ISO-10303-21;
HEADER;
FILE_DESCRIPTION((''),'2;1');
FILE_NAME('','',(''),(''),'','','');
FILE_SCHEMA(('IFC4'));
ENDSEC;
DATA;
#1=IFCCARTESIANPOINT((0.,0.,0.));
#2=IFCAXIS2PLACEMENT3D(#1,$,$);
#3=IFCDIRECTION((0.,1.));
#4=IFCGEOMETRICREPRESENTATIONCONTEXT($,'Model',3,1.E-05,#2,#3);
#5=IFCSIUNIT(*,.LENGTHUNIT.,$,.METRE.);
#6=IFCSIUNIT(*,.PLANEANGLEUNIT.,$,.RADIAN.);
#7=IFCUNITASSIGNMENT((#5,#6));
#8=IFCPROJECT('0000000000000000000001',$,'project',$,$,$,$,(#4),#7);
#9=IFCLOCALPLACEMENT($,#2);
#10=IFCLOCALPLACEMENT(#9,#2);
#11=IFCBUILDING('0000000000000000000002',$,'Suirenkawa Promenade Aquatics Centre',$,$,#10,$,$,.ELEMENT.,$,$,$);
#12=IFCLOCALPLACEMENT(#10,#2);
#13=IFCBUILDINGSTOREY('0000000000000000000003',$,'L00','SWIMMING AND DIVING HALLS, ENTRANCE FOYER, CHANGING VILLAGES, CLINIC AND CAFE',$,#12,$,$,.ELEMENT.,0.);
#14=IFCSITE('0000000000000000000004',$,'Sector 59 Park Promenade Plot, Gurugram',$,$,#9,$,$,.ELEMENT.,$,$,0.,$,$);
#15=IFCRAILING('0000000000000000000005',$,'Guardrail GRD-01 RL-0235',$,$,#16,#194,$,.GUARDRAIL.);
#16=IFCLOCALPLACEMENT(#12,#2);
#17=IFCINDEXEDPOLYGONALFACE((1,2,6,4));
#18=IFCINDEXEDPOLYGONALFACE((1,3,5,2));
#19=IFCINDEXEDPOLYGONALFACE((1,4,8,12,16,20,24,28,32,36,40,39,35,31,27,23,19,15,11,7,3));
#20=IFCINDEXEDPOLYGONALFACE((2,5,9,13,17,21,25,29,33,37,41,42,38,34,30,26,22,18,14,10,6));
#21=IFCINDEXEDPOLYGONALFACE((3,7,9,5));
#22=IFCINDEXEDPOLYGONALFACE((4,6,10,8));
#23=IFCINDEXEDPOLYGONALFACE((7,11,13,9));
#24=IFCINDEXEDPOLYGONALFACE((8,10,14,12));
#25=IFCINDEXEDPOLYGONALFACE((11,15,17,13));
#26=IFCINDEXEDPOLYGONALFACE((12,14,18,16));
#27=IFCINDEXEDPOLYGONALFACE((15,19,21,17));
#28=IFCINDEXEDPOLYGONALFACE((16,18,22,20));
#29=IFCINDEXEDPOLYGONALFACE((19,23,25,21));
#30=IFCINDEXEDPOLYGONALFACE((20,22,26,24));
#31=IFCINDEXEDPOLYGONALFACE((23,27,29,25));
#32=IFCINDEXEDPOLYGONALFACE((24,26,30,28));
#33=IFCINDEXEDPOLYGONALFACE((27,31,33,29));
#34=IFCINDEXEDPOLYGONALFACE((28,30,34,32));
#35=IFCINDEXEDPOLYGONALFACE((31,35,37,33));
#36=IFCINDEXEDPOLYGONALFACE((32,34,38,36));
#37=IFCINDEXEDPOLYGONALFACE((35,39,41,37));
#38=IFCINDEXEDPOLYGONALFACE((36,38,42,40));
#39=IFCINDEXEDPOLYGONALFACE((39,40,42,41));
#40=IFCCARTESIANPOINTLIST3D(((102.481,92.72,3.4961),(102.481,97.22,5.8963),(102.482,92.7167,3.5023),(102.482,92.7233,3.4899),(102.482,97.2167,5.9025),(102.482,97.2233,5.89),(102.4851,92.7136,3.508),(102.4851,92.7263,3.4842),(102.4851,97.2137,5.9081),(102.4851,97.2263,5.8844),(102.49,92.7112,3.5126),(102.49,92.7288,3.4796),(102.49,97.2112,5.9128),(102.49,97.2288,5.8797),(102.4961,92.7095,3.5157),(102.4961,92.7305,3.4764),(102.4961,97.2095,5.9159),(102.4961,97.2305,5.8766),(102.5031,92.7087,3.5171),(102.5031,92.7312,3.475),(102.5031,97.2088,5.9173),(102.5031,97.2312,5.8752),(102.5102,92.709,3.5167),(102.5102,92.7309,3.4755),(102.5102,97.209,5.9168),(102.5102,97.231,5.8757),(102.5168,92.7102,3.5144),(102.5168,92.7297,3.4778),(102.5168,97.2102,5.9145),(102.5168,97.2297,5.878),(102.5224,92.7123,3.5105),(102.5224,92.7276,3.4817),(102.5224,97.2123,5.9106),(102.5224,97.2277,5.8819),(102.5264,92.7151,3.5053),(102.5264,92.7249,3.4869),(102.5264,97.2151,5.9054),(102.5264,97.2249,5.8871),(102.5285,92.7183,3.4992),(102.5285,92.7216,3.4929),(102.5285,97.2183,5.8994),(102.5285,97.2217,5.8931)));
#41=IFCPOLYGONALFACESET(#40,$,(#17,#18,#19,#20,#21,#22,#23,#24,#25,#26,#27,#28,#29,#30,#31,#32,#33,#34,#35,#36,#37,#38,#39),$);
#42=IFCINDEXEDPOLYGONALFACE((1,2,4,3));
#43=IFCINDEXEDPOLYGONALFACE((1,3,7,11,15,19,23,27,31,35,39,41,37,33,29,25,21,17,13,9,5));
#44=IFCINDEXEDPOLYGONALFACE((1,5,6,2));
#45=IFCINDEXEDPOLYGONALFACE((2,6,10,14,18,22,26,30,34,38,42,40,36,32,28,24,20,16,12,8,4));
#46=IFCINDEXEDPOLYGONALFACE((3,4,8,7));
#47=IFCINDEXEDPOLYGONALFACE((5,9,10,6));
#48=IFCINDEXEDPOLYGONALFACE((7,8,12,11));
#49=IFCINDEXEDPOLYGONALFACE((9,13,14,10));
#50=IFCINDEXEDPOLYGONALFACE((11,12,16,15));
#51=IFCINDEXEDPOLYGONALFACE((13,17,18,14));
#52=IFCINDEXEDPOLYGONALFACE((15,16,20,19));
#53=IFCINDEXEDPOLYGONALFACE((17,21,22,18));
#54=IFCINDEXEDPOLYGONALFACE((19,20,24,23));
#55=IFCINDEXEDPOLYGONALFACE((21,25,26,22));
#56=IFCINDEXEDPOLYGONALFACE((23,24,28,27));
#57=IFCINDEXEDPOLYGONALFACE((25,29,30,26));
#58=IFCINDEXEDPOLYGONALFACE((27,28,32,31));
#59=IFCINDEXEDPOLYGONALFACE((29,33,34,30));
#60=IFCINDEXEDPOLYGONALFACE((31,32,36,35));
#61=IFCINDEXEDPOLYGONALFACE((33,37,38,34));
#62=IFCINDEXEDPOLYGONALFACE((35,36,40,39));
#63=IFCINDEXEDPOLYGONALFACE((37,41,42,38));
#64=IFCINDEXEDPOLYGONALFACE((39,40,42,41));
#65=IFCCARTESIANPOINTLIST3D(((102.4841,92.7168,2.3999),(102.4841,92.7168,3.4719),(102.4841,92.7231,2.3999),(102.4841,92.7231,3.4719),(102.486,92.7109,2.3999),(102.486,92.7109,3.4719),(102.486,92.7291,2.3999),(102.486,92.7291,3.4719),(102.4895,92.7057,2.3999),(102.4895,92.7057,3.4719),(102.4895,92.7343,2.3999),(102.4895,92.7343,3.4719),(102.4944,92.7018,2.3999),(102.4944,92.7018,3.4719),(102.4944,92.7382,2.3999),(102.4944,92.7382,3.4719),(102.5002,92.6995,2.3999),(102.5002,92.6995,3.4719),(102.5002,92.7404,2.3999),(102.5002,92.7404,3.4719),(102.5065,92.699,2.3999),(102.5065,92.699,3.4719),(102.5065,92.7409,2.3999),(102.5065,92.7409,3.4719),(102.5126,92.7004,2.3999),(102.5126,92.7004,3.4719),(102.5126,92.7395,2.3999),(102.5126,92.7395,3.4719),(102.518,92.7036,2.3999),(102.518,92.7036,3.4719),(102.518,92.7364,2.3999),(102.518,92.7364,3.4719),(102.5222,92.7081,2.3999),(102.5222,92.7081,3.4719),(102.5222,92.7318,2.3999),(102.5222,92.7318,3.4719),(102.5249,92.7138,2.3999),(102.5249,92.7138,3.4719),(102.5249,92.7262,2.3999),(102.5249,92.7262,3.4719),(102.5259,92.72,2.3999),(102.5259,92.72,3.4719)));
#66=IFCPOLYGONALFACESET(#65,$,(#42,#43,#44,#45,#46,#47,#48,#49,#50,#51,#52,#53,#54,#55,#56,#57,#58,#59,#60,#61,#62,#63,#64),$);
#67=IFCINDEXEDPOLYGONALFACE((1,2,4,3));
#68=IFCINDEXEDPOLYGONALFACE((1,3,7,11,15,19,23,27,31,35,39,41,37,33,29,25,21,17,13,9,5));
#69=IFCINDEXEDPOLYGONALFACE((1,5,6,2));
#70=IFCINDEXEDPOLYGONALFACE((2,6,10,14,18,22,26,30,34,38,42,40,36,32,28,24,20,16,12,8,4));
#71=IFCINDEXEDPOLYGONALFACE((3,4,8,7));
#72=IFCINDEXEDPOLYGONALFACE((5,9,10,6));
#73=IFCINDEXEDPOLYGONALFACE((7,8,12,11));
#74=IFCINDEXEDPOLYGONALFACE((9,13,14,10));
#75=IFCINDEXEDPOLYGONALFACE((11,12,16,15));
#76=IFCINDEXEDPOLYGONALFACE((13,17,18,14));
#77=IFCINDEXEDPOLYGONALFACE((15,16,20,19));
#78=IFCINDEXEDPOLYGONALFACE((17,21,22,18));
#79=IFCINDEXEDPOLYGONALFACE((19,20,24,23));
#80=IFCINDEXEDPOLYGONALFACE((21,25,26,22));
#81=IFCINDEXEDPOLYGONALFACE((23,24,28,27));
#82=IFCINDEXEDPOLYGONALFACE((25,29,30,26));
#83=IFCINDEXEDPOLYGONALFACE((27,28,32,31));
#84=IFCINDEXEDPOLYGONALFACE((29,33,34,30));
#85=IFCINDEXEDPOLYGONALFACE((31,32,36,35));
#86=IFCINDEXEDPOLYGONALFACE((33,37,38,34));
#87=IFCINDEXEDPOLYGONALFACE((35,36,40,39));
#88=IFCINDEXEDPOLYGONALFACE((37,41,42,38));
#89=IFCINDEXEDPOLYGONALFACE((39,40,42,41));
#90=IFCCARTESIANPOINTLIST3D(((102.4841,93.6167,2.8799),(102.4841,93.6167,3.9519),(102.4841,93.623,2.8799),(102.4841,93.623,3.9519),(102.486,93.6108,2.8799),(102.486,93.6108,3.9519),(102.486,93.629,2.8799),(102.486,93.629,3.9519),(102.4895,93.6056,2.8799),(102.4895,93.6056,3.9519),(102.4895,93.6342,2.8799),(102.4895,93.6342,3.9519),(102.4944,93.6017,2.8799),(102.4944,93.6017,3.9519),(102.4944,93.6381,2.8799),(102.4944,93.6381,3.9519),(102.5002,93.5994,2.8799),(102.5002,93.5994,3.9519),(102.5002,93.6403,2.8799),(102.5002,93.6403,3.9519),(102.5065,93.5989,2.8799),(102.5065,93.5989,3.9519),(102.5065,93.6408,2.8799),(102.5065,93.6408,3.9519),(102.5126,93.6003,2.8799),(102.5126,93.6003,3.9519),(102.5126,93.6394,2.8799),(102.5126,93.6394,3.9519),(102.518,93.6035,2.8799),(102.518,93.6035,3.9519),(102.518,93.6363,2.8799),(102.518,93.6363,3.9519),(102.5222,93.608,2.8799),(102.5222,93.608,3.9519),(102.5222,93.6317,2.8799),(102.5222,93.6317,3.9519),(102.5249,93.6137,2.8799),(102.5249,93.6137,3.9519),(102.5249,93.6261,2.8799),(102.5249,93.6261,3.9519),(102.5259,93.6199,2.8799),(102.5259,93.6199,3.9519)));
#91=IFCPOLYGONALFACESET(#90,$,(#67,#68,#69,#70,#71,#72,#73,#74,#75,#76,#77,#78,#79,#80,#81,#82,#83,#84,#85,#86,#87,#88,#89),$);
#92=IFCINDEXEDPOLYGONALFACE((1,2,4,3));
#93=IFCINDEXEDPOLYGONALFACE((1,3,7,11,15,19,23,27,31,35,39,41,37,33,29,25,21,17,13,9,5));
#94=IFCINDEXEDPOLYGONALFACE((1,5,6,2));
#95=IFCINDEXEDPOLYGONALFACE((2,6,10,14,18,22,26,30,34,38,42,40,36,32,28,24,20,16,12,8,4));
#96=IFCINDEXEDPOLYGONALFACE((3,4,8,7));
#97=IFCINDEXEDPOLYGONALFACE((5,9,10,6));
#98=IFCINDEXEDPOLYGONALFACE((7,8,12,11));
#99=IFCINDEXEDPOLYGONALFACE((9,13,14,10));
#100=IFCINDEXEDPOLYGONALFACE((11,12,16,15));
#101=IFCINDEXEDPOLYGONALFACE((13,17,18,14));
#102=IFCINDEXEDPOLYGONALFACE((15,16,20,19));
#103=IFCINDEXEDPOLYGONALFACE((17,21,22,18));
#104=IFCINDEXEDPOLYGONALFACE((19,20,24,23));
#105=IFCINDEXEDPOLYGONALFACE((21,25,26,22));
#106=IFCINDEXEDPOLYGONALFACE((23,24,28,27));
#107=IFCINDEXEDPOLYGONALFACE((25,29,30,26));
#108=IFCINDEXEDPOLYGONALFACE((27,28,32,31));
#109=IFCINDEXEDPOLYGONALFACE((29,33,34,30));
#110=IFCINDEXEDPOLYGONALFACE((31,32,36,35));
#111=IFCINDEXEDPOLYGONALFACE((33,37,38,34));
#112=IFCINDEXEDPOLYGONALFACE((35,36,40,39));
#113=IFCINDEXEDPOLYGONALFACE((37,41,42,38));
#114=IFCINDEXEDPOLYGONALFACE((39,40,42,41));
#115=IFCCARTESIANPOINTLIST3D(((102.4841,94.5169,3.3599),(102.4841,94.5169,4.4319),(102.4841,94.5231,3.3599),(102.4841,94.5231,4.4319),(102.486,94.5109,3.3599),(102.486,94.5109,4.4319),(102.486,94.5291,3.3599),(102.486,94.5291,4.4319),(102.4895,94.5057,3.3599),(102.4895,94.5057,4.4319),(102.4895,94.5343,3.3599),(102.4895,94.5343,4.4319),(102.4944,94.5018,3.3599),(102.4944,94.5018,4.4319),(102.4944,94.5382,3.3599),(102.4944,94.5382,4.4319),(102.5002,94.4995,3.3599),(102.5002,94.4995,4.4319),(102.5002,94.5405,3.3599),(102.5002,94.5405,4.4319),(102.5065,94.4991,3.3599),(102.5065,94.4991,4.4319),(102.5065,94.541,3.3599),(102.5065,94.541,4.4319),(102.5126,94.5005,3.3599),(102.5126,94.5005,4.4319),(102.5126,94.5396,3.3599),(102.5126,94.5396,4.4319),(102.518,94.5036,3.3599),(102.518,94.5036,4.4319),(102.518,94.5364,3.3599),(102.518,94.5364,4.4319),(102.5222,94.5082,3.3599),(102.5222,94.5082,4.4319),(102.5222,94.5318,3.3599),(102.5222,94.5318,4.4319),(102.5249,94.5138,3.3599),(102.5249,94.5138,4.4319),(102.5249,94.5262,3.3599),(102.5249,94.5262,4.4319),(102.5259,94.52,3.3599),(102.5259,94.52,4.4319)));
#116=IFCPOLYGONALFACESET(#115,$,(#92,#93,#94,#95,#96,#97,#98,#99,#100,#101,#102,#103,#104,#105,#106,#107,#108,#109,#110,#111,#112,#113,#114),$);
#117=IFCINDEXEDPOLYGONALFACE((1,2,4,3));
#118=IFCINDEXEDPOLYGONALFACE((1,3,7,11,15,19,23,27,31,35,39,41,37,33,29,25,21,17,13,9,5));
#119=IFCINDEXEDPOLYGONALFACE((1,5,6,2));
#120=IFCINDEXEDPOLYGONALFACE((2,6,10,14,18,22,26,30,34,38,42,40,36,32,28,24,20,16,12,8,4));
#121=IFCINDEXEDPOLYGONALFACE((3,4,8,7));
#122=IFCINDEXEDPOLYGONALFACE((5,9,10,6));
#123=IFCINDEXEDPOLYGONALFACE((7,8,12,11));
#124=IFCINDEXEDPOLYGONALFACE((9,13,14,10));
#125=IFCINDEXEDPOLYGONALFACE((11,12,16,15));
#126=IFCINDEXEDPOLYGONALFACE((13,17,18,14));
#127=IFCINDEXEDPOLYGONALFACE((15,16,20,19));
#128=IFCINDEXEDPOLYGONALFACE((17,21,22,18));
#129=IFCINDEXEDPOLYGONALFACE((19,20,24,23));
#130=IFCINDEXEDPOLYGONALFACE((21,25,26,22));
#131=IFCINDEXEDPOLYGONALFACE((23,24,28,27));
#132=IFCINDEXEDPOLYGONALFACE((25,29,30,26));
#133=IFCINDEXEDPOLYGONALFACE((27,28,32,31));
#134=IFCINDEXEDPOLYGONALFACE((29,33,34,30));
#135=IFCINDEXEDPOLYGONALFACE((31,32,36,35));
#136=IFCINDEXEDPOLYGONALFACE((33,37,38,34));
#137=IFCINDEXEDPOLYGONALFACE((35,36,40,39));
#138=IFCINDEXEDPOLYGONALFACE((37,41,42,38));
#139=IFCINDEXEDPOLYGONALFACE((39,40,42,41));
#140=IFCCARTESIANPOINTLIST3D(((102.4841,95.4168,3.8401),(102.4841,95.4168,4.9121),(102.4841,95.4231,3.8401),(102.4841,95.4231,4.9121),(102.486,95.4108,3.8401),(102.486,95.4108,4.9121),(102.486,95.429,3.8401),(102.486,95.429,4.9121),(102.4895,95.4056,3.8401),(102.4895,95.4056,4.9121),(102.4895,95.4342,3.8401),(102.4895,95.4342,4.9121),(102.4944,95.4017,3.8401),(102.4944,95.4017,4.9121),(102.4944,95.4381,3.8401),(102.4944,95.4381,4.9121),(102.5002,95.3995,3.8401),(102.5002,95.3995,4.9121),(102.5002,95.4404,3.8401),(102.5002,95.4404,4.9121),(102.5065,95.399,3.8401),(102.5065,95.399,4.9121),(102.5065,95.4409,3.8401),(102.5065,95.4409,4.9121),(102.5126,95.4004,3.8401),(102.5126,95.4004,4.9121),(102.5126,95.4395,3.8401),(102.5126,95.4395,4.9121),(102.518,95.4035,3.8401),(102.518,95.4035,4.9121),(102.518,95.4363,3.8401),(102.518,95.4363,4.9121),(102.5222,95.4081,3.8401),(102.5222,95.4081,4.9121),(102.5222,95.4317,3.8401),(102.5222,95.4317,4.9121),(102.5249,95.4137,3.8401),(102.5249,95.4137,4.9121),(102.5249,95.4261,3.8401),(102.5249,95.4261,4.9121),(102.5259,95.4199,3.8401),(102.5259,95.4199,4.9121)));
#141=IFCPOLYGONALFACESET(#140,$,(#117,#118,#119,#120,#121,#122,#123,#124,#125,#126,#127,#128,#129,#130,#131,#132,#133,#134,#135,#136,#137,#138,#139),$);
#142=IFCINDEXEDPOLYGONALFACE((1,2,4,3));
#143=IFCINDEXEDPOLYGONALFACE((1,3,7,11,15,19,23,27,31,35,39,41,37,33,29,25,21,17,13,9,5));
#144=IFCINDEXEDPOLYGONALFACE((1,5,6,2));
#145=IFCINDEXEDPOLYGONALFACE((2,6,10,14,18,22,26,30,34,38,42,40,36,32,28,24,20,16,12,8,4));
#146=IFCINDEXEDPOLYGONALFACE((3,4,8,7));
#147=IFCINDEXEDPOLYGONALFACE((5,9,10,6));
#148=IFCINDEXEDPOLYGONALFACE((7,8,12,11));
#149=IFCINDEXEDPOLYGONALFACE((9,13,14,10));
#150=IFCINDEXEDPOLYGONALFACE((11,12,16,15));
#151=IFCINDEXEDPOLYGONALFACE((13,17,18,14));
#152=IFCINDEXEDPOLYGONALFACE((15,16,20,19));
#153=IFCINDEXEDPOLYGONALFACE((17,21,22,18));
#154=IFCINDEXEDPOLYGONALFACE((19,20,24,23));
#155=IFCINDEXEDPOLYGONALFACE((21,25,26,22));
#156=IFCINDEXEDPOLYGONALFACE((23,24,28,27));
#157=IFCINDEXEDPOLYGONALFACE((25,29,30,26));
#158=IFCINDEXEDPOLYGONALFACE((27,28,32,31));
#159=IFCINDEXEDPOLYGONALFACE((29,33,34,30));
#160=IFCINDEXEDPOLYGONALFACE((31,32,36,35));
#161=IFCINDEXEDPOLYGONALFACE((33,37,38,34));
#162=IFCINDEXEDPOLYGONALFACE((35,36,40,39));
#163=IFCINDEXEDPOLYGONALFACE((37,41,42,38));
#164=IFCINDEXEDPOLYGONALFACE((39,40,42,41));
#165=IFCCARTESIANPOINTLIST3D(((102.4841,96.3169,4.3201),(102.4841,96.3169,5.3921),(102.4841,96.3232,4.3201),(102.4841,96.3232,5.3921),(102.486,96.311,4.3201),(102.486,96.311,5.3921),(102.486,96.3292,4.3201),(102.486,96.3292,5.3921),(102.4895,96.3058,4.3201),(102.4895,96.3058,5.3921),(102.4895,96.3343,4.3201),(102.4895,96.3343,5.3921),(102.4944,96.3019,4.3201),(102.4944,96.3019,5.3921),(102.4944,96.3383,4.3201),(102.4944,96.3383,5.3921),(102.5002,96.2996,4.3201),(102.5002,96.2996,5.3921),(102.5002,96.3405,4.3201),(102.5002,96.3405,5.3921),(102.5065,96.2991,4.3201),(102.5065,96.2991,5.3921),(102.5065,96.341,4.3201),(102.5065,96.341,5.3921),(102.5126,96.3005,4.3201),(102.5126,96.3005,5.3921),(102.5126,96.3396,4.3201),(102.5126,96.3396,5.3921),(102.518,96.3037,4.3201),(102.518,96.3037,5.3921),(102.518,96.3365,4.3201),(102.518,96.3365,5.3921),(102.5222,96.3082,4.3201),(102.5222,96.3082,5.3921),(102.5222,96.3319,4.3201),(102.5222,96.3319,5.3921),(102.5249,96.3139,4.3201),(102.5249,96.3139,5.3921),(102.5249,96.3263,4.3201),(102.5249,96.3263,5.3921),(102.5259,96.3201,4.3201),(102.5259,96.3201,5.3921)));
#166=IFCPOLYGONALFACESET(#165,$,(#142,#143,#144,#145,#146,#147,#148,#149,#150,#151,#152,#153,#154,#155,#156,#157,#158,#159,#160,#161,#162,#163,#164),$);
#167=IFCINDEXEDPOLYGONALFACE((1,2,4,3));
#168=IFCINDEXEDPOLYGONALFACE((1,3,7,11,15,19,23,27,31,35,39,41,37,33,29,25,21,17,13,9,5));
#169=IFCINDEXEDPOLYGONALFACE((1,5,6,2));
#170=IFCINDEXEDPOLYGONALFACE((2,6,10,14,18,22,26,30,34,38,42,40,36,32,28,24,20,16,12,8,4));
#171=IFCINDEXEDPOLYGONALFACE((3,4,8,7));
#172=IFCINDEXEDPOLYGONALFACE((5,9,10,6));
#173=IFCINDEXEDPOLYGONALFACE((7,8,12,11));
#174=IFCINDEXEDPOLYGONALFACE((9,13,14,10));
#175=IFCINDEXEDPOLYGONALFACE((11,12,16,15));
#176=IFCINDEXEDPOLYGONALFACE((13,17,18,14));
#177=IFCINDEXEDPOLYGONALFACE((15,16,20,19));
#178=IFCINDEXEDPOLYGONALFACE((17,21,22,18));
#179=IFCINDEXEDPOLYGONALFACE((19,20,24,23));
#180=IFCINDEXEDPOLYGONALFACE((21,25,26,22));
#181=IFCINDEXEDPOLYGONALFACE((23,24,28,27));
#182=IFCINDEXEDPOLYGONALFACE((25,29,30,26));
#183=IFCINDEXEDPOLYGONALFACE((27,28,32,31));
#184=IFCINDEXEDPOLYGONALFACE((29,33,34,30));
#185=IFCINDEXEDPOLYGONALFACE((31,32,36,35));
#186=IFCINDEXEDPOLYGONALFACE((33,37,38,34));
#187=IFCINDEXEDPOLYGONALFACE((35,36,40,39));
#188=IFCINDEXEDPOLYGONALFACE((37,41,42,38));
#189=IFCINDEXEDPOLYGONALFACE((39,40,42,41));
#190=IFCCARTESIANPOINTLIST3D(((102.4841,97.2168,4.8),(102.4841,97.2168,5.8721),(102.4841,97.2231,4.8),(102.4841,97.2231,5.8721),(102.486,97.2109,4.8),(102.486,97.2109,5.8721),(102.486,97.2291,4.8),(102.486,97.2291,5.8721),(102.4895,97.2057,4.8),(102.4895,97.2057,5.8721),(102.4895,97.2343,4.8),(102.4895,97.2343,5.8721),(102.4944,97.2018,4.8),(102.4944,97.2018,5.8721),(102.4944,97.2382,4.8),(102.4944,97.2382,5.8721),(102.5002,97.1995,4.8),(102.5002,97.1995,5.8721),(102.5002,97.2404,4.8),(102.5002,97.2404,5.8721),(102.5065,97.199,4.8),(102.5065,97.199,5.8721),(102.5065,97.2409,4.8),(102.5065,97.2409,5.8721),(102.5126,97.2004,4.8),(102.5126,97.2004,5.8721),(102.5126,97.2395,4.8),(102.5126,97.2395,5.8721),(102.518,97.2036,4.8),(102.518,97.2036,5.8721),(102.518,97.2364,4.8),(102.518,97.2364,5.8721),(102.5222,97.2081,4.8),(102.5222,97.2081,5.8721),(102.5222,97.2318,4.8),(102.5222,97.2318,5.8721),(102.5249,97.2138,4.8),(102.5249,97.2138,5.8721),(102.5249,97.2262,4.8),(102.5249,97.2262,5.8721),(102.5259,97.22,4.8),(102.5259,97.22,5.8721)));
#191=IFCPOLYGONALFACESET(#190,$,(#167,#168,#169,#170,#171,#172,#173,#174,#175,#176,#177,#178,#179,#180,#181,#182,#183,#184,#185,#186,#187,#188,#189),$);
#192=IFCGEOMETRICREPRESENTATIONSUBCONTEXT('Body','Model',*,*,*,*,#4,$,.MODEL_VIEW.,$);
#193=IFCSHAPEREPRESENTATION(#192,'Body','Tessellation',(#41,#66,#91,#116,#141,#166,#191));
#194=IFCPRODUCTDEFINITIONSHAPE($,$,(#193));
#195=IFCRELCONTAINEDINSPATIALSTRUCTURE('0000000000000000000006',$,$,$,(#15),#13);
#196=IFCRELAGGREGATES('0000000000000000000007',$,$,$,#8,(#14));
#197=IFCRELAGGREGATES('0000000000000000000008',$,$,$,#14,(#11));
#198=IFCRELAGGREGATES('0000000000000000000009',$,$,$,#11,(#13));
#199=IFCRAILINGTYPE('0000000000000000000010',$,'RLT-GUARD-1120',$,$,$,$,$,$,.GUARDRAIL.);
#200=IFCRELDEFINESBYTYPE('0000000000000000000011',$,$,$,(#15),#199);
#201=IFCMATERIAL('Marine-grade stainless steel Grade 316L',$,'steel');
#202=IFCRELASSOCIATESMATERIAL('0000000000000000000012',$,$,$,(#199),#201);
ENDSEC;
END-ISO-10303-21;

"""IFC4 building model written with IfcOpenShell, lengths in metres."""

from ifc_helpers import new_model, si_unit, direction, frame, origin, origin_2d, place, context, subcontext, project, spatial, circle, extrude, material, type_object, element, save


model = new_model("IFC4")

# Units and contexts
model_context = context("Model", 3, precision=1e-05, world=origin(), true_north=direction((0.0, 1.0)))
body_context = subcontext(model_context, "Body", "Model", "MODEL_VIEW")
ifc_project = project(units=[si_unit("LENGTHUNIT", "METRE"), si_unit("PLANEANGLEUNIT", "RADIAN")], contexts=[model_context])

# Site, building, storey
site_placement = place(None, origin())
site = spatial("IfcSite", under=ifc_project, at=site_placement, Name="Sector 59 Park Promenade Plot, Gurugram", CompositionType="ELEMENT", RefElevation=0.0)
building_placement = place(site_placement, origin())
building = spatial("IfcBuilding", under=site, at=building_placement, Name="Suirenkawa Promenade Aquatics Centre", CompositionType="ELEMENT")
storey_placement = place(building_placement, origin())
storey = spatial("IfcBuildingStorey", under=building, at=storey_placement, Name="L00", Description="SWIMMING AND DIVING HALLS, ENTRANCE FOYER, CHANGING VILLAGES, CLINIC AND CAFE", CompositionType="ELEMENT", Elevation=0.0)

# Railing
ifc_material_1 = material(Name="Marine-grade stainless steel Grade 316L", Category="steel")
railing_type_1 = type_object("IfcRailingType", Name="RLT-GUARD-1120", PredefinedType="GUARDRAIL", material=ifc_material_1)
for number, where, name in (
    (1, (102.5049, 92.72, 2.3999), "Guardrail GRD-01 RL-0235"),
):
    element("IfcRailing", number, at=place(storey_placement, frame(where)), inside=storey, type_object=railing_type_1, Name=name, PredefinedType="GUARDRAIL", context=body_context, shape_type="SweptSolid", body=[
        extrude(circle(Radius=0.0239, at=origin_2d()), frame((0.0, 0.0, 1.0962), z_axis=(0.0, 0.882341, 0.470611), x_axis=(-1.0, 0.0, 0.0)), (0.0, 0.0, 1.0), 5.1001),
        extrude(circle(Radius=0.021, at=origin_2d()), origin(), (0.0, 0.0, 1.0), 1.072),
        extrude(circle(Radius=0.021, at=origin_2d()), frame((0.0, 0.8999, 0.48)), (0.0, 0.0, 1.0), 1.072),
        extrude(circle(Radius=0.021, at=origin_2d()), frame((0.0, 1.8, 0.96)), (0.0, 0.0, 1.0), 1.072),
        extrude(circle(Radius=0.021, at=origin_2d()), frame((0.0, 2.7, 1.4402)), (0.0, 0.0, 1.0), 1.072),
        extrude(circle(Radius=0.021, at=origin_2d()), frame((0.0, 3.6001, 1.9202)), (0.0, 0.0, 1.0), 1.072),
        extrude(circle(Radius=0.021, at=origin_2d()), frame((0.0, 4.5, 2.4001)), (0.0, 0.0, 1.0), 1.072),
    ])

save(model, "model.ifc")
